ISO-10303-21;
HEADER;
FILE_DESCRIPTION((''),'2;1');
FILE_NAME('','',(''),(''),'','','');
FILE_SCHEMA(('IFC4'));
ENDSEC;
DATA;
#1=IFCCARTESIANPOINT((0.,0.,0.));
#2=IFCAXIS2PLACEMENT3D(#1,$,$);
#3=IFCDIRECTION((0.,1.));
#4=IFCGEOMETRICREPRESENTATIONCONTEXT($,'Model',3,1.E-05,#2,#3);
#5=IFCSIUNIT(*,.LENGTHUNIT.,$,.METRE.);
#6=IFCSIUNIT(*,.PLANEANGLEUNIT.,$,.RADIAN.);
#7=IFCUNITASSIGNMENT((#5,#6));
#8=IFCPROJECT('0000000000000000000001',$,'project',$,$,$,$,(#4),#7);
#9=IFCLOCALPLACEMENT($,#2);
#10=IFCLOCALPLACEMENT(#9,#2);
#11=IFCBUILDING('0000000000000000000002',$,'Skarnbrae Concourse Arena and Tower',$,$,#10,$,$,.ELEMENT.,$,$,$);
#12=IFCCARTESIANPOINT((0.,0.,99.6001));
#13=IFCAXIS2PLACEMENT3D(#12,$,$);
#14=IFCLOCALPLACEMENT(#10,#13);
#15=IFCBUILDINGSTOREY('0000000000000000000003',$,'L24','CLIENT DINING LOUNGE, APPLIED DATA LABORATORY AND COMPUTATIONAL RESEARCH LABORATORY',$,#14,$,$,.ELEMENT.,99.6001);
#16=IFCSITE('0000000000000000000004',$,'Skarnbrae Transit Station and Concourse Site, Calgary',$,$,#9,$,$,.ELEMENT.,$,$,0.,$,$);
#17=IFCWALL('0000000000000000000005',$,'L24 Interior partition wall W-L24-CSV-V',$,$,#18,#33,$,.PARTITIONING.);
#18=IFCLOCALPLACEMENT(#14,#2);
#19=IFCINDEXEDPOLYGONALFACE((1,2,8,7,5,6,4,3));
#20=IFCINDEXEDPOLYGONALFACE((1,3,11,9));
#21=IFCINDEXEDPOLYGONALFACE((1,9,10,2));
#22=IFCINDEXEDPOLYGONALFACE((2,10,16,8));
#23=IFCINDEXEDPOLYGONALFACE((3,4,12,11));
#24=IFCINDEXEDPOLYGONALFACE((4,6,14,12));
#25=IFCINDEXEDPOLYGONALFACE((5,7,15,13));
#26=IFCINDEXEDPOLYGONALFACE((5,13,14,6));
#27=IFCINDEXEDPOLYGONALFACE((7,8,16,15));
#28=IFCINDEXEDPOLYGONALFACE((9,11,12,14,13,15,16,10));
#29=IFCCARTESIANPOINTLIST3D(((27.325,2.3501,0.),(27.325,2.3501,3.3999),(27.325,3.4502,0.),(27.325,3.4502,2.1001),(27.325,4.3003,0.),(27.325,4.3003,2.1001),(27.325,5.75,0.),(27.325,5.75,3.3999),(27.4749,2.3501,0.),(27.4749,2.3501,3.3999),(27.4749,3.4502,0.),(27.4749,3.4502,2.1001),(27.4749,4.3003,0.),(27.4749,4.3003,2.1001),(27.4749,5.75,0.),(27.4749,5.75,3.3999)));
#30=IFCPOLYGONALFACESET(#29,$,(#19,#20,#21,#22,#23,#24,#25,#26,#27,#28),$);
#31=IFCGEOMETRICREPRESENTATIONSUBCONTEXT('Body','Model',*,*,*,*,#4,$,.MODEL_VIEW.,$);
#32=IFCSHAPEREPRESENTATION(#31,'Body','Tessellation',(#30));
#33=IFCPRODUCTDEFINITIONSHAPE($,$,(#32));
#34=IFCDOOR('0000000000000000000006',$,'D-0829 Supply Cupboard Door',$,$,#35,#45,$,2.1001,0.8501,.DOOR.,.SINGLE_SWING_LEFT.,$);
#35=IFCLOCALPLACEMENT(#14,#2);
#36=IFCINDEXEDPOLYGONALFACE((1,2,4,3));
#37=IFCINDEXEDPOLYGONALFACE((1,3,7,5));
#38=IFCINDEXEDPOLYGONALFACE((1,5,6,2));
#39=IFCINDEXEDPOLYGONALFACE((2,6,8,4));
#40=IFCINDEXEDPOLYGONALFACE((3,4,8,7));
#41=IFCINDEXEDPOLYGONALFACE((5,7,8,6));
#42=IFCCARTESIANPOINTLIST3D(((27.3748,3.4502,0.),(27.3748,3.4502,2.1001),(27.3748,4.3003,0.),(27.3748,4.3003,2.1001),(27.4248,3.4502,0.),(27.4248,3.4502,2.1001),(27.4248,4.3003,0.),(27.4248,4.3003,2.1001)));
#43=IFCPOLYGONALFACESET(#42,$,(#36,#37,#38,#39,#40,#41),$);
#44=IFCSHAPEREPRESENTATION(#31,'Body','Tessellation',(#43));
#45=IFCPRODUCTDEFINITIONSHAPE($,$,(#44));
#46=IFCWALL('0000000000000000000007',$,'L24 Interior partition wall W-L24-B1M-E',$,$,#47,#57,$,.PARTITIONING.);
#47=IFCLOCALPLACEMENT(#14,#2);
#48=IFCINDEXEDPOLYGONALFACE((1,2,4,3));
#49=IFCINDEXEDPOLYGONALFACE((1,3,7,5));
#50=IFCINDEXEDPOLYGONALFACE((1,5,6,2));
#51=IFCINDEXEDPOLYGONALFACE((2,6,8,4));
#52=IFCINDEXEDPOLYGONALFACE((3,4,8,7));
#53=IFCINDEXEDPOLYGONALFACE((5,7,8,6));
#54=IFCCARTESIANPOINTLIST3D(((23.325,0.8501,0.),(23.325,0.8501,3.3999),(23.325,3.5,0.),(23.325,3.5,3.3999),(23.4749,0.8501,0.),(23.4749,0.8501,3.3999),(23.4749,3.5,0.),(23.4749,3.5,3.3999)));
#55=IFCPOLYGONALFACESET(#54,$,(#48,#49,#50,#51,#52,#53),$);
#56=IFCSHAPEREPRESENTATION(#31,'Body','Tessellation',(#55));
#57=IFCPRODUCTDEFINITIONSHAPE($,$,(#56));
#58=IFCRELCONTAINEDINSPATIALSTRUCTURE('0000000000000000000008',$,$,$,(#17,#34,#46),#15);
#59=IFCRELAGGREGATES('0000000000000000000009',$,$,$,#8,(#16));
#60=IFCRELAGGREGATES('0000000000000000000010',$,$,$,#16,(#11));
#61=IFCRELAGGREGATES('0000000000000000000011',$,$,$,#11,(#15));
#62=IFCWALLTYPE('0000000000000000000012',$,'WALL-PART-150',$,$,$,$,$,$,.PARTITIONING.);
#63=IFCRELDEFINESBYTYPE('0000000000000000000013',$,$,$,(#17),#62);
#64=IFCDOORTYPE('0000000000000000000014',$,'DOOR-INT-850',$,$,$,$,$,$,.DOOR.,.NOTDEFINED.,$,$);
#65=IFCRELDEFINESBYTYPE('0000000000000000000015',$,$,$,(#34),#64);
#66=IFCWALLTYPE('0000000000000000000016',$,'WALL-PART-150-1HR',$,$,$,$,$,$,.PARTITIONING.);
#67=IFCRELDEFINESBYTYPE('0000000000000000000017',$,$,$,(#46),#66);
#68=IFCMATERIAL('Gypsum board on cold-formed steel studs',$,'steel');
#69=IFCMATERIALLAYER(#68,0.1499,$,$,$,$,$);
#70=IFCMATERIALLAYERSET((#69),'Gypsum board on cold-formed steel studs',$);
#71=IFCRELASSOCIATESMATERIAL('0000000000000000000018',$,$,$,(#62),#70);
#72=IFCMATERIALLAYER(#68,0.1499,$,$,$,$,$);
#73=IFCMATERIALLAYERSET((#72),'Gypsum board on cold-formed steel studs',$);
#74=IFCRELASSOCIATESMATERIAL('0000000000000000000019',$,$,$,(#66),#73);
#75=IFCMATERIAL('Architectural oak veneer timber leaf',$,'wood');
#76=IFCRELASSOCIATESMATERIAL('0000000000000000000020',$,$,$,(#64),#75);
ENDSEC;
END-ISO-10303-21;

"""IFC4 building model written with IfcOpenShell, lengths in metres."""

from ifc_helpers import new_model, si_unit, direction, frame, frame_2d, origin, place, context, subcontext, project, spatial, rectangle, extrude, source, transform, mapped, material, layer, layer_set, type_object, element, fill, save


model = new_model("IFC4")

# Units and contexts
model_context = context("Model", 3, precision=1e-05, world=origin(), true_north=direction((0.0, 1.0)))
body_context = subcontext(model_context, "Body", "Model", "MODEL_VIEW")
ifc_project = project(units=[si_unit("LENGTHUNIT", "METRE"), si_unit("PLANEANGLEUNIT", "RADIAN")], contexts=[model_context])

# Site, building, storey
site_placement = place(None, origin())
site = spatial("IfcSite", under=ifc_project, at=site_placement, Name="Skarnbrae Transit Station and Concourse Site, Calgary", CompositionType="ELEMENT", RefElevation=0.0)
building_placement = place(site_placement, origin())
building = spatial("IfcBuilding", under=site, at=building_placement, Name="Skarnbrae Concourse Arena and Tower", CompositionType="ELEMENT")
storey_placement = place(building_placement, frame((0.0, 0.0, 99.6001)))
storey = spatial("IfcBuildingStorey", under=building, at=storey_placement, Name="L24", Description="CLIENT DINING LOUNGE, APPLIED DATA LABORATORY AND COMPUTATIONAL RESEARCH LABORATORY", CompositionType="ELEMENT", Elevation=99.6001)

# Shared definitions
ifc_material_1 = material(Name="Gypsum board on cold-formed steel studs", Category="steel")
ifc_layer_1 = layer(ifc_material_1, 0.1499)
ifc_layer_set_1 = layer_set([ifc_layer_1], Name="Gypsum board on cold-formed steel studs")
wall_type_1 = type_object("IfcWallType", Name="WALL-PART-150", PredefinedType="PARTITIONING", material=ifc_layer_set_1)

# Shared definitions
ifc_layer_2 = layer(ifc_material_1, 0.1499)
ifc_layer_set_2 = layer_set([ifc_layer_2], Name="Gypsum board on cold-formed steel studs")
wall_type_2 = type_object("IfcWallType", Name="WALL-PART-150-1HR", PredefinedType="PARTITIONING", material=ifc_layer_set_2)

# Wall, opening, door
shared_shape_1 = source(origin(), body_context, "Body", "SweptSolid", [
    extrude(rectangle(XDim=3.3999, YDim=0.1499, at=frame_2d((1.7, 0.0))), origin(), (0.0, 0.0, 1.0), 3.3999),
])
wall_1_placement = place(storey_placement, frame((27.3999, 2.3501, 0.0), z_axis=(0.0, 0.0, 1.0), x_axis=(0.0, 1.0, 0.0)))
wall_1 = element("IfcWall", 1, at=wall_1_placement, inside=storey, type_object=wall_type_1, Name="L24 Interior partition wall W-L24-CSV-V", PredefinedType="PARTITIONING", context=body_context, shape_type="MappedRepresentation", body=[
    mapped(shared_shape_1, transform((0.0, 0.0, 0.0))),
])
opening_1_placement = place(wall_1_placement, frame((1.1001, 0.0, 0.0)))
opening_1 = element("IfcOpeningElement", 2, at=opening_1_placement, cuts=wall_1, PredefinedType="OPENING", context=body_context, shape_type="SweptSolid", body=[
    extrude(rectangle(XDim=0.8501, YDim=2.1001, at=frame_2d((0.425, 1.05))), frame((0.0, 0.085, 0.0), z_axis=(0.0, -1.0, 0.0), x_axis=(1.0, 0.0, 0.0)), (0.0, 0.0, 1.0), 0.1699),
])
ifc_material_2 = material(Name="Architectural oak veneer timber leaf", Category="wood")
door_type_1 = type_object("IfcDoorType", Name="DOOR-INT-850", OperationType="NOTDEFINED", PredefinedType="DOOR", material=ifc_material_2)
shared_shape_2 = source(origin(), body_context, "Body", "SweptSolid", [
    extrude(rectangle(XDim=0.8501, YDim=2.1001, at=frame_2d((0.425, 1.05))), frame((0.0, 0.0249, 0.0), z_axis=(0.0, -1.0, 0.0), x_axis=(1.0, 0.0, 0.0)), (0.0, 0.0, 1.0), 0.05),
])
door_1_placement = place(opening_1_placement, frame((0.8501, 0.0, 0.0), z_axis=(0.0, 0.0, 1.0), x_axis=(-1.0, 0.0, 0.0)))
door_1 = element("IfcDoor", 3, at=door_1_placement, inside=storey, type_object=door_type_1, Name="D-0829 Supply Cupboard Door", OperationType="SINGLE_SWING_LEFT", OverallHeight=2.1001, OverallWidth=0.8501, PredefinedType="DOOR", context=body_context, shape_type="MappedRepresentation", body=[
    mapped(shared_shape_2, transform((0.0, 0.0, 0.0))),
])
fill(opening_1, door_1)

# Wall
shared_shape_3 = source(origin(), body_context, "Body", "SweptSolid", [
    extrude(rectangle(XDim=2.6499, YDim=0.1499, at=frame_2d((1.325, 0.0))), origin(), (0.0, 0.0, 1.0), 3.3999),
])
wall_2_placement = place(storey_placement, frame((23.3999, 0.8501, 0.0), z_axis=(0.0, 0.0, 1.0), x_axis=(0.0, 1.0, 0.0)))
element("IfcWall", 4, at=wall_2_placement, inside=storey, type_object=wall_type_2, Name="L24 Interior partition wall W-L24-B1M-E", PredefinedType="PARTITIONING", context=body_context, shape_type="MappedRepresentation", body=[
    mapped(shared_shape_3, transform((0.0, 0.0, 0.0))),
])

save(model, "model.ifc")
